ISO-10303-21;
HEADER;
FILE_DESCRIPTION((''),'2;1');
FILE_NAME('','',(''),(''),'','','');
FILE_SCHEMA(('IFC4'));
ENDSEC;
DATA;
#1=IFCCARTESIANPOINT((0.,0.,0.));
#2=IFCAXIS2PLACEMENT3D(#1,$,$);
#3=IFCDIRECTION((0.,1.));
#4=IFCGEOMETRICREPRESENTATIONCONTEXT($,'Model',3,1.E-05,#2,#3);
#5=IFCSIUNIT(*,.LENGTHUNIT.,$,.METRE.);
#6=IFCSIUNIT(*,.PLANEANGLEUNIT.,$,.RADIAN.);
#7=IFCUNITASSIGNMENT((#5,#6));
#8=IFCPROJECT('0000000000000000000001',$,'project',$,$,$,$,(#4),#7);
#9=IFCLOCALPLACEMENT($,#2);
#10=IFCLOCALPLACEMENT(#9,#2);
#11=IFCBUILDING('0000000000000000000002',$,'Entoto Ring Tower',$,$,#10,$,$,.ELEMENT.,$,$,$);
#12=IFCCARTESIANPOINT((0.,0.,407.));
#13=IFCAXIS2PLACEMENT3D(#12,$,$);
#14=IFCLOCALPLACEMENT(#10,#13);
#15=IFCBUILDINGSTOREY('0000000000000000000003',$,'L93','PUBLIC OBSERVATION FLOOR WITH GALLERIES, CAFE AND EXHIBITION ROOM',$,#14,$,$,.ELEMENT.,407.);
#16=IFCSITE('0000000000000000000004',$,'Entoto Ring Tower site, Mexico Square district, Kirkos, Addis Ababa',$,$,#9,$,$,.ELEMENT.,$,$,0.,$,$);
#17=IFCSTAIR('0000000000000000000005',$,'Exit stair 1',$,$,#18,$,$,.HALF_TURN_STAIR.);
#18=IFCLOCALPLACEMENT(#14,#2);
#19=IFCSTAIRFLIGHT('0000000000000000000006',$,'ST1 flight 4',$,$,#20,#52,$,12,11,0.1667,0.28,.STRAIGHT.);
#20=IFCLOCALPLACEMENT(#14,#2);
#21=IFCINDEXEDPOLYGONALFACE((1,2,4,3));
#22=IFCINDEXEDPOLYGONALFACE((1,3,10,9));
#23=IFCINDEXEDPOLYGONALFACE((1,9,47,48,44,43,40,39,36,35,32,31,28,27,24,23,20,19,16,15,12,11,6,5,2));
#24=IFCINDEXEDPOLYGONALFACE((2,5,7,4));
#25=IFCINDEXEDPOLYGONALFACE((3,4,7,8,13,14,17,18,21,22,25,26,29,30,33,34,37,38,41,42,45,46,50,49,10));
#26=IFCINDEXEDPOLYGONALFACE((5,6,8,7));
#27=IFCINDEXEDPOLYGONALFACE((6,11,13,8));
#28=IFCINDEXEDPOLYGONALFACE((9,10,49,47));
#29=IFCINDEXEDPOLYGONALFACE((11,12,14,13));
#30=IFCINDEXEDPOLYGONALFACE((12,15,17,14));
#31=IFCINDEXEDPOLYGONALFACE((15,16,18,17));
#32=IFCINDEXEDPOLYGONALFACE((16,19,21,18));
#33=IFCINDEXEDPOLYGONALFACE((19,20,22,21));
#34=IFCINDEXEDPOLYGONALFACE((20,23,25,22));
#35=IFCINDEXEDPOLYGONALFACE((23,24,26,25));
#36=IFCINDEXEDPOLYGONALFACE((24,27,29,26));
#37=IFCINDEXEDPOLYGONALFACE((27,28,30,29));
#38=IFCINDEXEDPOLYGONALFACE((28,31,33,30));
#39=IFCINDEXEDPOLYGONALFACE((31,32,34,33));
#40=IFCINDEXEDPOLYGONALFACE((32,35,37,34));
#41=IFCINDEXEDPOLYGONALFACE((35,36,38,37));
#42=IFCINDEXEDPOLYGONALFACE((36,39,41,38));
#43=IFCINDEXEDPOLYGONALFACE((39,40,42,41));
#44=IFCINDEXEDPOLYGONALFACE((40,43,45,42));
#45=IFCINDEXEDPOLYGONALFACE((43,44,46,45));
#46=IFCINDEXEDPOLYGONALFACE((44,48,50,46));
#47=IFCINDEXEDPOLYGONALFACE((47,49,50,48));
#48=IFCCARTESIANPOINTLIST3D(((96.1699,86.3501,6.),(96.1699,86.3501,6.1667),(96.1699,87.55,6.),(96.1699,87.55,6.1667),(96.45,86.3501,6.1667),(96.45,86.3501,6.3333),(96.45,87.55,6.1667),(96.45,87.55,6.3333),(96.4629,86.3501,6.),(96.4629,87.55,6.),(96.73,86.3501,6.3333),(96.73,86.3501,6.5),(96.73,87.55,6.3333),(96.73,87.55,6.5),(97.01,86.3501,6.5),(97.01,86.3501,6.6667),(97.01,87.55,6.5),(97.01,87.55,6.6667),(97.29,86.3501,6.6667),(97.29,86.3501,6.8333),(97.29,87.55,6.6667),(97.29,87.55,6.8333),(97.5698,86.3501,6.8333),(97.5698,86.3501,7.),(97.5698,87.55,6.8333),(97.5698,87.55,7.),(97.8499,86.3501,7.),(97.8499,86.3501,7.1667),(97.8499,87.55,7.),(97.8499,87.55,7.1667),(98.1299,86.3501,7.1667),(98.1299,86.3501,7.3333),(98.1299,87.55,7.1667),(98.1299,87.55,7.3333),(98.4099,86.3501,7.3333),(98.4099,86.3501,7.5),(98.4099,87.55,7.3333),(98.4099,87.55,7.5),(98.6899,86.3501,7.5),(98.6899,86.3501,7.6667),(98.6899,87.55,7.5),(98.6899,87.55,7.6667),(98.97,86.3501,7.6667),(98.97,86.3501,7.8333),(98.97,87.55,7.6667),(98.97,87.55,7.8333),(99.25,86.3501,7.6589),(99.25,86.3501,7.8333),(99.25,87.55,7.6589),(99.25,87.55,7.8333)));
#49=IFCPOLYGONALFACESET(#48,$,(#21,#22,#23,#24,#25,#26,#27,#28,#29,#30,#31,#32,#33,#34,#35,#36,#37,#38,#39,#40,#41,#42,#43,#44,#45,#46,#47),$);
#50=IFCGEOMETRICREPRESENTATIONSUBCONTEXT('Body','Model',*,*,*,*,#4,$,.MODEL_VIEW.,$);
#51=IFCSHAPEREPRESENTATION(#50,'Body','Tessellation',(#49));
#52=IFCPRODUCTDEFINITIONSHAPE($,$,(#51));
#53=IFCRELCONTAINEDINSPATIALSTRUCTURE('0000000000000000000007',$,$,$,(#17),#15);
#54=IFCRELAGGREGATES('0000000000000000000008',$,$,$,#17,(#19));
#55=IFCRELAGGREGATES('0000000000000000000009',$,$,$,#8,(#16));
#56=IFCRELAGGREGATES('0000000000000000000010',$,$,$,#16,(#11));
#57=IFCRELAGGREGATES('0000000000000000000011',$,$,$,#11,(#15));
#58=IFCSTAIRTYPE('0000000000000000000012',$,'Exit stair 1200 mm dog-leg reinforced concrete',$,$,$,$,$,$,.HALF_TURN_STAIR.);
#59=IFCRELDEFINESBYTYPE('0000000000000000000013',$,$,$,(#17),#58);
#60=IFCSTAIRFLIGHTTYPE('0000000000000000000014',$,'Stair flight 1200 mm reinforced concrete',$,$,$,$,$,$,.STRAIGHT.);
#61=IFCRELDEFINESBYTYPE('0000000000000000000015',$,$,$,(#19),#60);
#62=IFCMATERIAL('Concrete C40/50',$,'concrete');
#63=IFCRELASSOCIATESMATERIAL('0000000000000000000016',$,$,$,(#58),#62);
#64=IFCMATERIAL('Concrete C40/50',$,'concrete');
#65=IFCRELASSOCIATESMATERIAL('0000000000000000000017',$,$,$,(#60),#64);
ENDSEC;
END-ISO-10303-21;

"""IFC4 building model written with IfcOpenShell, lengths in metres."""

from ifc_helpers import new_model, si_unit, direction, frame, origin, place, context, subcontext, project, spatial, polyline, outline, extrude, material, type_object, element, aggregate, save


model = new_model("IFC4")

# Units and contexts
model_context = context("Model", 3, precision=1e-05, world=origin(), true_north=direction((0.0, 1.0)))
body_context = subcontext(model_context, "Body", "Model", "MODEL_VIEW")
ifc_project = project(units=[si_unit("LENGTHUNIT", "METRE"), si_unit("PLANEANGLEUNIT", "RADIAN")], contexts=[model_context])

# Site, building, storey
site_placement = place(None, origin())
site = spatial("IfcSite", under=ifc_project, at=site_placement, Name="Entoto Ring Tower site, Mexico Square district, Kirkos, Addis Ababa", CompositionType="ELEMENT", RefElevation=0.0)
building_placement = place(site_placement, origin())
building = spatial("IfcBuilding", under=site, at=building_placement, Name="Entoto Ring Tower", CompositionType="ELEMENT")
storey_placement = place(building_placement, frame((0.0, 0.0, 407.0)))
storey = spatial("IfcBuildingStorey", under=building, at=storey_placement, Name="L93", Description="PUBLIC OBSERVATION FLOOR WITH GALLERIES, CAFE AND EXHIBITION ROOM", CompositionType="ELEMENT", Elevation=407.0)

# Stair, stair flight
ifc_material_1 = material(Name="Concrete C40/50", Category="concrete")
stair_type = type_object("IfcStairType", Name="Exit stair 1200 mm dog-leg reinforced concrete", PredefinedType="HALF_TURN_STAIR", material=ifc_material_1)
stair_placement = place(storey_placement, origin())
stair = element("IfcStair", 1, at=stair_placement, inside=storey, type_object=stair_type, Name="Exit stair 1", PredefinedType="HALF_TURN_STAIR")
ifc_material_2 = material(Name="Concrete C40/50", Category="concrete")
stair_flight_type = type_object("IfcStairFlightType", Name="Stair flight 1200 mm reinforced concrete", PredefinedType="STRAIGHT", material=ifc_material_2)
stair_flight_1_placement = place(storey_placement, frame((96.1699, 86.95, 6.0), z_axis=(0.0, 0.0, 1.0), x_axis=(1.0, 0.0, 0.0)))
stair_flight_1 = element("IfcStairFlight", 2, at=stair_flight_1_placement, type_object=stair_flight_type, Name="ST1 flight 4", NumberOfRisers=12, NumberOfTreads=11, PredefinedType="STRAIGHT", RiserHeight=0.1667, TreadLength=0.28, context=body_context, shape_type="SweptSolid", body=[
    extrude(outline(polyline([(0.0, 0.0), (0.0, 0.1667), (0.28, 0.1667), (0.28, 0.3333), (0.5601, 0.3333), (0.5601, 0.5), (0.8401, 0.5), (0.8401, 0.6667), (1.1201, 0.6667), (1.1201, 0.8333), (1.3999, 0.8333), (1.3999, 1.0), (1.6799, 1.0), (1.6799, 1.1667), (1.96, 1.1667), (1.96, 1.3333), (2.24, 1.3333), (2.24, 1.5), (2.52, 1.5), (2.52, 1.6667), (2.8, 1.6667), (2.8, 1.8333), (3.0801, 1.8333), (3.0801, 2.0), (3.0801, 1.6589), (0.293, 0.0), (0.0, 0.0)])), frame((0.0, 0.6001, 0.0), z_axis=(0.0, -1.0, 0.0), x_axis=(1.0, 0.0, 0.0)), (0.0, 0.0, 1.0), 1.2),
])
aggregate(stair, [stair_flight_1])

save(model, "model.ifc")
